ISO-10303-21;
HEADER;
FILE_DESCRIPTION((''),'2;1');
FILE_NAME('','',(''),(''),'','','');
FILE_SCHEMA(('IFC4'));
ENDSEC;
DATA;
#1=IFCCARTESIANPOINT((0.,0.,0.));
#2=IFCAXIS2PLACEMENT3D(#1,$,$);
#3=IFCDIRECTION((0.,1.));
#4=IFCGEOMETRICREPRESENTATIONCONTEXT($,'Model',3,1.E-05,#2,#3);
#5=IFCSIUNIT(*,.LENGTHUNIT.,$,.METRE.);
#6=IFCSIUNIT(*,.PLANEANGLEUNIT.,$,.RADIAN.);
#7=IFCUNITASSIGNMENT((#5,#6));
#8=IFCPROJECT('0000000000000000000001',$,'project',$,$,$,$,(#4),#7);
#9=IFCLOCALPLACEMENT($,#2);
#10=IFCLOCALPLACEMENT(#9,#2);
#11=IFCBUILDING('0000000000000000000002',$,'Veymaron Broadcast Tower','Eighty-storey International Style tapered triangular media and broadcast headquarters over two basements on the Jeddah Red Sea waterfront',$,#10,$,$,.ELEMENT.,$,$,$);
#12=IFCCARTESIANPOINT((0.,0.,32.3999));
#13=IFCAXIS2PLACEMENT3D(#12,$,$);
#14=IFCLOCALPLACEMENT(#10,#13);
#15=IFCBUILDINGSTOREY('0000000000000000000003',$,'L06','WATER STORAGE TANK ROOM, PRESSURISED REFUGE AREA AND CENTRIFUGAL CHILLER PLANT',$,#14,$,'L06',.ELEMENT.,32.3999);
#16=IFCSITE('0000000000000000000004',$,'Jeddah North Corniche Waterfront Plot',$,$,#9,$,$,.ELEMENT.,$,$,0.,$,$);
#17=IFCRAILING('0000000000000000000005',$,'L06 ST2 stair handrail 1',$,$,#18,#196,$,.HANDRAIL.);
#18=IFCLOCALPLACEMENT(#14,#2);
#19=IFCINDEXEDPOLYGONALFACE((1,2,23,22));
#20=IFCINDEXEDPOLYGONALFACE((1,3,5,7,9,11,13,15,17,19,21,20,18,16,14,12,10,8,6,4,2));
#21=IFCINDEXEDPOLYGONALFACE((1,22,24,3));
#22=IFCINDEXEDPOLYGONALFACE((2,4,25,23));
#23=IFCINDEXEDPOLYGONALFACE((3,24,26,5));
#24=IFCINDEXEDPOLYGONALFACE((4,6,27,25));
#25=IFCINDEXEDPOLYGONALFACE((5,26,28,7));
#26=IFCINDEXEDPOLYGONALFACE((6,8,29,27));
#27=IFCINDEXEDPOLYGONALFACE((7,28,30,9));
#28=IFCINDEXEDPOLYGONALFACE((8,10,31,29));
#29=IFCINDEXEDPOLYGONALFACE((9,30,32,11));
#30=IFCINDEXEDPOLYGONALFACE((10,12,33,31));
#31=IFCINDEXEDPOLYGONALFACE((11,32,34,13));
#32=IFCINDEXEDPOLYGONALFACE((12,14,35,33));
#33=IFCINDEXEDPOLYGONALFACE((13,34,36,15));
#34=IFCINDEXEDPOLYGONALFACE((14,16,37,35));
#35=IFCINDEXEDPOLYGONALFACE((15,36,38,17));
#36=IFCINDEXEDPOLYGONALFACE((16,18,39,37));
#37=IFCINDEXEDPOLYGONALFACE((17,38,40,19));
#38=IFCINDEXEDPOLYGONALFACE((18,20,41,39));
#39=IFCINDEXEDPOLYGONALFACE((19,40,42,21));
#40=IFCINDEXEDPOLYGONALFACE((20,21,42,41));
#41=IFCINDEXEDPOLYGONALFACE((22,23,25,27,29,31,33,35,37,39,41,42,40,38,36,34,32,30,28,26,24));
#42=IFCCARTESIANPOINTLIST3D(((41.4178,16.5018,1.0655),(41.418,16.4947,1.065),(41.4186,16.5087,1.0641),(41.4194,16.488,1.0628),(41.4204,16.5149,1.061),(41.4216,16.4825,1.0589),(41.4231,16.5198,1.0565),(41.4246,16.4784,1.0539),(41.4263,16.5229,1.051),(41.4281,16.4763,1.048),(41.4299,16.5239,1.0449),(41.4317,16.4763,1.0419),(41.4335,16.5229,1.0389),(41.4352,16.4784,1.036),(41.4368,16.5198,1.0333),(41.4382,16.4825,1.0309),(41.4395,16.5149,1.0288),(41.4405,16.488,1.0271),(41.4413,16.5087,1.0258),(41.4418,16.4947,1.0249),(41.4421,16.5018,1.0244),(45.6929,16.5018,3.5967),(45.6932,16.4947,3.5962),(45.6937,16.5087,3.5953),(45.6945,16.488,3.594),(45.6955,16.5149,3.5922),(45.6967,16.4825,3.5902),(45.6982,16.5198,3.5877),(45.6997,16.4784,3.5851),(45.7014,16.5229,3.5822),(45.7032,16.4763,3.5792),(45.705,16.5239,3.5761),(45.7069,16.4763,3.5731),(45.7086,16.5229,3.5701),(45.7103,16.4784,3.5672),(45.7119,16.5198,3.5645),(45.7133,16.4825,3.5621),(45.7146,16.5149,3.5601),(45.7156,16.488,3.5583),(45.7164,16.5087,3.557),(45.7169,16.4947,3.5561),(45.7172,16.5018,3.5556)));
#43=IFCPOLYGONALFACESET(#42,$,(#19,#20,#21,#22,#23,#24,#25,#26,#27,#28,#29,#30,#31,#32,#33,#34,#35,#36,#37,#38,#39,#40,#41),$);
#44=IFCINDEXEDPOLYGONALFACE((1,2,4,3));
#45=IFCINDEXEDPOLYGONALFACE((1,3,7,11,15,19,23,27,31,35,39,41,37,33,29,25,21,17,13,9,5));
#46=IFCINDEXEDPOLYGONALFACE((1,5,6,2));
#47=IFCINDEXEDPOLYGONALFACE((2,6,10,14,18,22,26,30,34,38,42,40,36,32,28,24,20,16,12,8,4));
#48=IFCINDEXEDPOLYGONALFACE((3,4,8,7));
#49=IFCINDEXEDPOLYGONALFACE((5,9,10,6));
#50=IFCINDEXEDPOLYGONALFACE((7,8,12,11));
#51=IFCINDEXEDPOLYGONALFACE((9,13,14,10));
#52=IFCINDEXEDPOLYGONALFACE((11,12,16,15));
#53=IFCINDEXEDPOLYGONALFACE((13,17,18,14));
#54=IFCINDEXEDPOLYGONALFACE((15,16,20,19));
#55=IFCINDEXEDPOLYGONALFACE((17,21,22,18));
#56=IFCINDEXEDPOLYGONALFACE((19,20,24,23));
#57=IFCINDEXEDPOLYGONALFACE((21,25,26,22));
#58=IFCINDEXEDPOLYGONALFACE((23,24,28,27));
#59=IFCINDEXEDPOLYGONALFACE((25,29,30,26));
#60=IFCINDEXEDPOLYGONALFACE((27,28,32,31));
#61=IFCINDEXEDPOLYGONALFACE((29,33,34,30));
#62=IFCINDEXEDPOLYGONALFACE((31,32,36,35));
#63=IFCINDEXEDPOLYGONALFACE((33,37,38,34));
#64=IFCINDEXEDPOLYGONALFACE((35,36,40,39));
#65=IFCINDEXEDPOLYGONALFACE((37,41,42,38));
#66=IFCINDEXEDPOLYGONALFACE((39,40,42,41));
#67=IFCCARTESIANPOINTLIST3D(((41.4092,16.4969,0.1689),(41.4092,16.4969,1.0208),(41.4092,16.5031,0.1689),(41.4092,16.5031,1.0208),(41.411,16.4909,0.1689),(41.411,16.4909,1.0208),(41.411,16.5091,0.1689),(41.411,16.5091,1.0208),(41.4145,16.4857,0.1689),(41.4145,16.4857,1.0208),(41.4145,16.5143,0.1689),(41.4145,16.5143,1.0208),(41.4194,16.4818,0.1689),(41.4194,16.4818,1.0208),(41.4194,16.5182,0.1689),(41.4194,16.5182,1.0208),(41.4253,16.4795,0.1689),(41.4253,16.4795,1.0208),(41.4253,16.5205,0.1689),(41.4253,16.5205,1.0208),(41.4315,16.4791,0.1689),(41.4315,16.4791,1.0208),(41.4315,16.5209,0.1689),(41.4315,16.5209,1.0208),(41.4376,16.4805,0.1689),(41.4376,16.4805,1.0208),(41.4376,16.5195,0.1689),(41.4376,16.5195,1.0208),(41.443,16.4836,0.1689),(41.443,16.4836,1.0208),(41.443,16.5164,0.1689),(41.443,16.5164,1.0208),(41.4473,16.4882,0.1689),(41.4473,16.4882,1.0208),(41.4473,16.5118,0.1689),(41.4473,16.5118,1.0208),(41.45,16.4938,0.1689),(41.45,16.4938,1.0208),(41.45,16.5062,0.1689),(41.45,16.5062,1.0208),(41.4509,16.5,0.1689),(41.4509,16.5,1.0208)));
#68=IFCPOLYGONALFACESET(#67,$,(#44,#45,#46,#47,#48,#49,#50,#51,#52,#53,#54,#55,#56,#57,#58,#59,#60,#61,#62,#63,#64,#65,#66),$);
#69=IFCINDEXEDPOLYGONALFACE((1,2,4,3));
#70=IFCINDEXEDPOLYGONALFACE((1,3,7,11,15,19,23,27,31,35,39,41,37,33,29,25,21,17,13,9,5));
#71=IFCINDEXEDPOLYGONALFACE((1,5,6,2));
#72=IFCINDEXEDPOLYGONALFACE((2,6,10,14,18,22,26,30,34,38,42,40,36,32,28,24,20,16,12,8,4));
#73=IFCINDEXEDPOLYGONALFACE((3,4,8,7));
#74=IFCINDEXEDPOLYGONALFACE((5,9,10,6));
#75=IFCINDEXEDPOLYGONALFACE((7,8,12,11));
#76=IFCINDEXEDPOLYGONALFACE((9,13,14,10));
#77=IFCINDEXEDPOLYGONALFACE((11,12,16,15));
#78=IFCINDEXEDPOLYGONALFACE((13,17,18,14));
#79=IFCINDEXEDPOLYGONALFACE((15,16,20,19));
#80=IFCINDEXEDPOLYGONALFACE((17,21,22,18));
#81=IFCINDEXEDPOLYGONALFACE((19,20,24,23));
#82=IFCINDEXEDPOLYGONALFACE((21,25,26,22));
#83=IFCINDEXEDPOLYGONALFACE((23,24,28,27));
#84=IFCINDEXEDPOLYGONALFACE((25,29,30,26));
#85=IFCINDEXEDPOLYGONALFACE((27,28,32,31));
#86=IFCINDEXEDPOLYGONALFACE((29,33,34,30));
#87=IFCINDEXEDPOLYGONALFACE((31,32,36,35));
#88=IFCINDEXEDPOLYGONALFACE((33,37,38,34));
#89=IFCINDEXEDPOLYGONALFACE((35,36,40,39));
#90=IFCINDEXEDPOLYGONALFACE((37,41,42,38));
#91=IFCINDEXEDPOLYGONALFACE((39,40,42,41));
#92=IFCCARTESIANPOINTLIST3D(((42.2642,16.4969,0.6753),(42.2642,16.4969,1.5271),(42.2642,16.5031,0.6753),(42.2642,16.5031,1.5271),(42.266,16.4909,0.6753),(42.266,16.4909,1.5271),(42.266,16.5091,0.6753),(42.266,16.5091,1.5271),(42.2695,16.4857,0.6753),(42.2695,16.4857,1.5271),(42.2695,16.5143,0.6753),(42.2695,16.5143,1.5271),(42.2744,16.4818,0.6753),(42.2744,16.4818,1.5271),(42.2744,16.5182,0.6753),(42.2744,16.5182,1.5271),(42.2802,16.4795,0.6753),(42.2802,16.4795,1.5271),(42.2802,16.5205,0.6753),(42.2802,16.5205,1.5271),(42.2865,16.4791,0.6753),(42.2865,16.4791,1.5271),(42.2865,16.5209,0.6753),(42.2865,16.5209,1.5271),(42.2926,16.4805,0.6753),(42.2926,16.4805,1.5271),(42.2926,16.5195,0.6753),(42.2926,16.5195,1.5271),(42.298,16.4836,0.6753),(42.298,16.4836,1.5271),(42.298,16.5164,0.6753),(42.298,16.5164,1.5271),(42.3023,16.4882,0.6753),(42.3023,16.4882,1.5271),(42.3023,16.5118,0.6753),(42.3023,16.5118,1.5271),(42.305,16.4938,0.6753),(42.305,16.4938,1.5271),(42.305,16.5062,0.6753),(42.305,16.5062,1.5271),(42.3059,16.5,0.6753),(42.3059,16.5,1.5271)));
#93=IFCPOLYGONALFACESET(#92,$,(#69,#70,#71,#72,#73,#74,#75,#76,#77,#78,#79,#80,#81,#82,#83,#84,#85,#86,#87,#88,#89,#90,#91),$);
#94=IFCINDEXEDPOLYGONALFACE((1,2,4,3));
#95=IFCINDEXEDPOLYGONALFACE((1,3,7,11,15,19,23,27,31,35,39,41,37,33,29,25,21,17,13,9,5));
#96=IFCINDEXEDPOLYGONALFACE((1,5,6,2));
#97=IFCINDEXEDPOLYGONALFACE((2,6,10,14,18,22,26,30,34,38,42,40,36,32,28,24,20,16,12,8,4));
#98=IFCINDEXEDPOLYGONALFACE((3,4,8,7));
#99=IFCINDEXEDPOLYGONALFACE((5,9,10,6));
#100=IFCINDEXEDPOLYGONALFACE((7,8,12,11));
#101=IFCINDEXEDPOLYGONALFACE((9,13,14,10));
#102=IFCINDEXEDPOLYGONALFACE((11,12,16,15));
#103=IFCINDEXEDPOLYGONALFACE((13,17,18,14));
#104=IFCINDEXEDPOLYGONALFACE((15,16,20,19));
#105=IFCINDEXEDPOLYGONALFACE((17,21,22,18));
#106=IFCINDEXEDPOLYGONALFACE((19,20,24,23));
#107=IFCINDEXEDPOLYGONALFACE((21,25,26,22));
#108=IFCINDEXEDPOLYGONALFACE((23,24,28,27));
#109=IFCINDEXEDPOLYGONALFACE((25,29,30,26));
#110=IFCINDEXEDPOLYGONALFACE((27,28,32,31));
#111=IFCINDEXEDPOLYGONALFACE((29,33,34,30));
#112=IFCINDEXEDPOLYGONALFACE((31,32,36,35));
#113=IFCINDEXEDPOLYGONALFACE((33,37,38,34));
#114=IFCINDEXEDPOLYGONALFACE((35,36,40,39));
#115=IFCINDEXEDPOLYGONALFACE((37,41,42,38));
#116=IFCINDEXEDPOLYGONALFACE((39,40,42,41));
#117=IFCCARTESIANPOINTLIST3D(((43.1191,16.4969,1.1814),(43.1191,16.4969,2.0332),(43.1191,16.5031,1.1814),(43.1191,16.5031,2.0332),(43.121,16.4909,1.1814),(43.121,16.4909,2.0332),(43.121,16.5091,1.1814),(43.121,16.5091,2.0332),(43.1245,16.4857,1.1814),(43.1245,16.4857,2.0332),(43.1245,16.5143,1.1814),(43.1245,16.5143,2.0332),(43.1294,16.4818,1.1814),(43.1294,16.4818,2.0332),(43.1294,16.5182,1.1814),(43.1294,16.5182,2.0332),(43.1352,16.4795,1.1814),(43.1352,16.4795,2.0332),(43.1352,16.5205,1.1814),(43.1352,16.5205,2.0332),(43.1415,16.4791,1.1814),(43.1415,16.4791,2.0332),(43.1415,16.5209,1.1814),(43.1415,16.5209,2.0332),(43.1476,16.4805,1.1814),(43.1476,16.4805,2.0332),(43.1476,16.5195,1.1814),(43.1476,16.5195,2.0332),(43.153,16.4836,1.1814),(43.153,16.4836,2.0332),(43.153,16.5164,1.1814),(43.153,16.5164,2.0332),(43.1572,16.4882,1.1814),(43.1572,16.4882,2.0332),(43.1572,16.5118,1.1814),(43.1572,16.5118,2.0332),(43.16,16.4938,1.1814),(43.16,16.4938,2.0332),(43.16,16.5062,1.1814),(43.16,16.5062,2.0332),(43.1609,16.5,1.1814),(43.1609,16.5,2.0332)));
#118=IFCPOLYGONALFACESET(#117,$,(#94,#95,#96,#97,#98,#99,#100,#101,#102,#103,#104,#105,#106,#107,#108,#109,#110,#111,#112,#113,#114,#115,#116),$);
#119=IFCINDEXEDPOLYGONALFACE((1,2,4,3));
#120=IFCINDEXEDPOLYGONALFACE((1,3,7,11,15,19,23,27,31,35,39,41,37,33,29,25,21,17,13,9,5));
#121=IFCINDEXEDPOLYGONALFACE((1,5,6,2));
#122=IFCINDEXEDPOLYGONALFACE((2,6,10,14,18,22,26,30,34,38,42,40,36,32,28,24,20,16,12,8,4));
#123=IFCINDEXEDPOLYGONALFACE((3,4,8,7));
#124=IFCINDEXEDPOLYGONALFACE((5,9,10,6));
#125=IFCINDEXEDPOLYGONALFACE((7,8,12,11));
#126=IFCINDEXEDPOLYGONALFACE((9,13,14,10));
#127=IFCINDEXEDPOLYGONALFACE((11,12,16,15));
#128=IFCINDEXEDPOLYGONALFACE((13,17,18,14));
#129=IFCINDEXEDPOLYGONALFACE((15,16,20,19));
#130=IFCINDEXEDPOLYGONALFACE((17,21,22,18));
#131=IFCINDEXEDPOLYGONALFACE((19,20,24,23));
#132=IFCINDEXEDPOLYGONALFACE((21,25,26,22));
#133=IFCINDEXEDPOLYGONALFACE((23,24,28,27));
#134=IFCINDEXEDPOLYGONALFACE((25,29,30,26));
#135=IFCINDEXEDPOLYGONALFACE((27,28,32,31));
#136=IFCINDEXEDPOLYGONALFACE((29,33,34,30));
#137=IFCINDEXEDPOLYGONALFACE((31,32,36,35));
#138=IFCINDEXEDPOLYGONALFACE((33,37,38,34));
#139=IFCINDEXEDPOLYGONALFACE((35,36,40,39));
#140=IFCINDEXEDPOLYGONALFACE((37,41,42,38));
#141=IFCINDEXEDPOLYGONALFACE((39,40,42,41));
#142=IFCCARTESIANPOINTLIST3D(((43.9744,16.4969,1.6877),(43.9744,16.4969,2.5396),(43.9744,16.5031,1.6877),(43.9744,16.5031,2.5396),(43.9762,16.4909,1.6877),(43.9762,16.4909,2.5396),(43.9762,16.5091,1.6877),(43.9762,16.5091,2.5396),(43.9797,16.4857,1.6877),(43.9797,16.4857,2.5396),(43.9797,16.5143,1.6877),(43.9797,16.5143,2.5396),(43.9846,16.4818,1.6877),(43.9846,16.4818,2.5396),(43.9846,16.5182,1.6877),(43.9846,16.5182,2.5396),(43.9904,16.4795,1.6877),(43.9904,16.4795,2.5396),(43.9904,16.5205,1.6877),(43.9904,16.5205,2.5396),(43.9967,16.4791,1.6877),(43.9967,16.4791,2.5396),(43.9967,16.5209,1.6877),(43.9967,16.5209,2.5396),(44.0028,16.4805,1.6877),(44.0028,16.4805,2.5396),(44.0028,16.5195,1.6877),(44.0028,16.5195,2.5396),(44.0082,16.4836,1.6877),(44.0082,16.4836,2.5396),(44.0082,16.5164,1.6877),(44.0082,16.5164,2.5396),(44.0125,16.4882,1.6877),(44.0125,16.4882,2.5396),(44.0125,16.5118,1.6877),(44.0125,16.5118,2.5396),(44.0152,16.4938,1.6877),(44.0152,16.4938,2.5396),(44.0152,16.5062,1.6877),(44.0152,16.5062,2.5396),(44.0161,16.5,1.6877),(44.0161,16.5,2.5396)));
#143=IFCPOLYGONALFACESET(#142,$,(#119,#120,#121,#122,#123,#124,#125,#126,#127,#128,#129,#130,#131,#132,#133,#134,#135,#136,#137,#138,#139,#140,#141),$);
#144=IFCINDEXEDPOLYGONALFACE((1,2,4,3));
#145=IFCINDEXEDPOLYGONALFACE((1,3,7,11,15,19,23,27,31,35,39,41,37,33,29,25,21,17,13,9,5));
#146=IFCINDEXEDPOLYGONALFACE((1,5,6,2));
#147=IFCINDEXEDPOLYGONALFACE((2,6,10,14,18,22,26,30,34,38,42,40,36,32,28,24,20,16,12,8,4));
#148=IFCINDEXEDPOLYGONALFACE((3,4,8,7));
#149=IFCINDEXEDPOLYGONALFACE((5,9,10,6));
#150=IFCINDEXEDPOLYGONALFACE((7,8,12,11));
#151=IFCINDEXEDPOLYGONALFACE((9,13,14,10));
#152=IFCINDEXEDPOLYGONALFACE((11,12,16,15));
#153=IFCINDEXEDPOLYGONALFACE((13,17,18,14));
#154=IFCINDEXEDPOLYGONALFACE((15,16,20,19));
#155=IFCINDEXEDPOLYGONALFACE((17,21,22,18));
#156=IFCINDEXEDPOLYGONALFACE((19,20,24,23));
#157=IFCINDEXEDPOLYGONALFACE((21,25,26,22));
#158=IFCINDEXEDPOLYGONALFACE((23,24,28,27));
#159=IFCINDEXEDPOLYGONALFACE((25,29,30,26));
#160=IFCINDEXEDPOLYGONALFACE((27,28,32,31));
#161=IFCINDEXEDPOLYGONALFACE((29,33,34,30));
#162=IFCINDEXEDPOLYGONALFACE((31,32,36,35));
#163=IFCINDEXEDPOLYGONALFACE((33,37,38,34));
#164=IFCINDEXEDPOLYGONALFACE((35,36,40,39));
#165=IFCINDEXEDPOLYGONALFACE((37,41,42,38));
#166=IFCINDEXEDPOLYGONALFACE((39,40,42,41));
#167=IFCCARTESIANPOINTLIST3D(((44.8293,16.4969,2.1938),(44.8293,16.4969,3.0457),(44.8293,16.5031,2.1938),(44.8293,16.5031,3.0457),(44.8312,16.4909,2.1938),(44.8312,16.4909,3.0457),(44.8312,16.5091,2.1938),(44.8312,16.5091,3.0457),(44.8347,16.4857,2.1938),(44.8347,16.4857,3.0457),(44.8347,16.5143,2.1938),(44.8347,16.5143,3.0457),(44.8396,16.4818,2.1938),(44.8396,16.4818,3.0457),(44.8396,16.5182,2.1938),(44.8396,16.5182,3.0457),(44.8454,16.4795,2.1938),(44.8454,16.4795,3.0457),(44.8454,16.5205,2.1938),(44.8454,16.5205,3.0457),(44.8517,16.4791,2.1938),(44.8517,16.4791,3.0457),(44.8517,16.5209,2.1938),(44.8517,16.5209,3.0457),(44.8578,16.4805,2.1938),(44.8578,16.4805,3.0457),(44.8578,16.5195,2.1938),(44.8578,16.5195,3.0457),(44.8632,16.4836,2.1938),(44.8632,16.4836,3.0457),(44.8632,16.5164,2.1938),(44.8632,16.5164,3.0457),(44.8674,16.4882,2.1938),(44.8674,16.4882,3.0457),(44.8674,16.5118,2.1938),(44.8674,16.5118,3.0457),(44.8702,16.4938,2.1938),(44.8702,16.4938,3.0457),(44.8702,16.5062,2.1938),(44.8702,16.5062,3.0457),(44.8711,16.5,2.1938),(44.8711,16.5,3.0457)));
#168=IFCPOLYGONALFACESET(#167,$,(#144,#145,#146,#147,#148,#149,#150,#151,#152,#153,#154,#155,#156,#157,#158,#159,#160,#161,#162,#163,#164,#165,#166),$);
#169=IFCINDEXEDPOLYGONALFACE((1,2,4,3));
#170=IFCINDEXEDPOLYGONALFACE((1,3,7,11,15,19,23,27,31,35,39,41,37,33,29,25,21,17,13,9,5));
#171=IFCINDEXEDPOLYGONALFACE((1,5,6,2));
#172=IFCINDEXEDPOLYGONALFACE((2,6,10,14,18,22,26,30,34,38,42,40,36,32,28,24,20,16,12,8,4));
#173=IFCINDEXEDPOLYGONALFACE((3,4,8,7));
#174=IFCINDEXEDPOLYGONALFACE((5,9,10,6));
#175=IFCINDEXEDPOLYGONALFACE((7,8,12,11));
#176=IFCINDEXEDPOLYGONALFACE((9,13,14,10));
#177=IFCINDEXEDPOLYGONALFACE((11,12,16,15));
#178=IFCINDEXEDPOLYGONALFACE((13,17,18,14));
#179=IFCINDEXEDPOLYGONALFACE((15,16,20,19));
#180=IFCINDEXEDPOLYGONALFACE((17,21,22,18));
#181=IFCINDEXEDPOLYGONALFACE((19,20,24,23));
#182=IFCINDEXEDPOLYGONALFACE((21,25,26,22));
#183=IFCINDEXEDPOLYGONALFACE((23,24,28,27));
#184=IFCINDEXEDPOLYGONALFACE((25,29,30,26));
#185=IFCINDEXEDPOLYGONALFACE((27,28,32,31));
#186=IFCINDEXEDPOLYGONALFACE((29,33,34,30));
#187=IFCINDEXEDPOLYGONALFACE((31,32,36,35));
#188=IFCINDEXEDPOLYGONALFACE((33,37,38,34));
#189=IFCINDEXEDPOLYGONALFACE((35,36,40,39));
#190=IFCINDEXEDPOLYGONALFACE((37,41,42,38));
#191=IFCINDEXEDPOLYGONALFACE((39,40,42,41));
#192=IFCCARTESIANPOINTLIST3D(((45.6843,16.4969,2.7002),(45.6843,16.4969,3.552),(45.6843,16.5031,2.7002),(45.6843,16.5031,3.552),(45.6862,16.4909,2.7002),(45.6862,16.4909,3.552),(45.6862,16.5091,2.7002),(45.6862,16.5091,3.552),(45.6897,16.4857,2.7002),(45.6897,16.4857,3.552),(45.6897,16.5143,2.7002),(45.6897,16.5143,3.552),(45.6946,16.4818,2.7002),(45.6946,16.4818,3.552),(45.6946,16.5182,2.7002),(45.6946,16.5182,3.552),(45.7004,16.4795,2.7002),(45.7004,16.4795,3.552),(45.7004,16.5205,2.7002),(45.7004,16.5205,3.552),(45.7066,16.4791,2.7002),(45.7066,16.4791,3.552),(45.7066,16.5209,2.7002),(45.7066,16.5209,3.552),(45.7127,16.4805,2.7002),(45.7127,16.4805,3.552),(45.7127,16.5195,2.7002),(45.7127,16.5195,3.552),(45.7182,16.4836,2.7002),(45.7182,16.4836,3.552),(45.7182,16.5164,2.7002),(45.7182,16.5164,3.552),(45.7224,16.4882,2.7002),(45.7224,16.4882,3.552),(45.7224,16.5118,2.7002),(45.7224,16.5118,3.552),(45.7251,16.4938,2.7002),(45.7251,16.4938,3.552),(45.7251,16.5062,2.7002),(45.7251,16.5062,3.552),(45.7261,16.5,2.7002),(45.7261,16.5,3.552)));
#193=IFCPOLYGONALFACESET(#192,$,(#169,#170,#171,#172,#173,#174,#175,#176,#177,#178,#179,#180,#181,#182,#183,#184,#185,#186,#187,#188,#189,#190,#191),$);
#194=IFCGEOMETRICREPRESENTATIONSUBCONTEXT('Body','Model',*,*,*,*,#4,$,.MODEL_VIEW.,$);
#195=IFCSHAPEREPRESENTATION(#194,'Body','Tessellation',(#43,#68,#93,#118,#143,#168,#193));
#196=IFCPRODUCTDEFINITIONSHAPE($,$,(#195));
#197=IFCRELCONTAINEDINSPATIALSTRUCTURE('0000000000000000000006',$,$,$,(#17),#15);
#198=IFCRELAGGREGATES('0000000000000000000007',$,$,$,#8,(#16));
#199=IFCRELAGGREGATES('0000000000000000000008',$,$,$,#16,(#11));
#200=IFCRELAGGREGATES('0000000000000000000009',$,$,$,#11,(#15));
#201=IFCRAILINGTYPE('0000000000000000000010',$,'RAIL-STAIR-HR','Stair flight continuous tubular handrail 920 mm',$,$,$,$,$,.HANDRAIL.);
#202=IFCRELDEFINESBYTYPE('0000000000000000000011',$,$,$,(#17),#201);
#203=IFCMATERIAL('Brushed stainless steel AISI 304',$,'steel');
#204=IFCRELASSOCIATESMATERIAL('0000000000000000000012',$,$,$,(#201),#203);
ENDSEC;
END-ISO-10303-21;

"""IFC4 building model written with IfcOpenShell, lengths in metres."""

from ifc_helpers import new_model, si_unit, direction, frame, origin, origin_2d, place, context, subcontext, project, spatial, circle, extrude, material, type_object, element, save


model = new_model("IFC4")

# Units and contexts
model_context = context("Model", 3, precision=1e-05, world=origin(), true_north=direction((0.0, 1.0)))
body_context = subcontext(model_context, "Body", "Model", "MODEL_VIEW")
ifc_project = project(units=[si_unit("LENGTHUNIT", "METRE"), si_unit("PLANEANGLEUNIT", "RADIAN")], contexts=[model_context])

# Site, building, storey
site_placement = place(None, origin())
site = spatial("IfcSite", under=ifc_project, at=site_placement, Name="Jeddah North Corniche Waterfront Plot", CompositionType="ELEMENT", RefElevation=0.0)
building_placement = place(site_placement, origin())
building = spatial("IfcBuilding", under=site, at=building_placement, Name="Veymaron Broadcast Tower", Description="Eighty-storey International Style tapered triangular media and broadcast headquarters over two basements on the Jeddah Red Sea waterfront", CompositionType="ELEMENT")
storey_placement = place(building_placement, frame((0.0, 0.0, 32.3999)))
storey = spatial("IfcBuildingStorey", under=building, at=storey_placement, Name="L06", Description="WATER STORAGE TANK ROOM, PRESSURISED REFUGE AREA AND CENTRIFUGAL CHILLER PLANT", LongName="L06", CompositionType="ELEMENT", Elevation=32.3999)

# Shared definitions
ifc_material_1 = material(Name="Brushed stainless steel AISI 304", Category="steel")

# Railing
railing_type_1 = type_object("IfcRailingType", Name="RAIL-STAIR-HR", Description="Stair flight continuous tubular handrail 920 mm", PredefinedType="HANDRAIL", material=ifc_material_1)
railing_1_placement = place(storey_placement, frame((41.4299, 16.5, 0.1689)))
element("IfcRailing", 1, at=railing_1_placement, inside=storey, type_object=railing_type_1, Name="L06 ST2 stair handrail 1", PredefinedType="HANDRAIL", context=body_context, shape_type="SweptSolid", body=[
    extrude(circle(Radius=0.0239, at=origin_2d()), frame((0.0, 0.0, 0.876), z_axis=(0.860483, 0.0, 0.509479), x_axis=(0.0, 1.0, 0.0)), (0.0, 0.0, 1.0), 4.9683),
    extrude(circle(Radius=0.021, at=origin_2d()), origin(), (0.0, 0.0, 1.0), 0.8518),
    extrude(circle(Radius=0.021, at=origin_2d()), frame((0.855, 0.0, 0.5063)), (0.0, 0.0, 1.0), 0.8518),
    extrude(circle(Radius=0.021, at=origin_2d()), frame((1.71, 0.0, 1.0125)), (0.0, 0.0, 1.0), 0.8518),
    extrude(circle(Radius=0.021, at=origin_2d()), frame((2.5652, 0.0, 1.5188)), (0.0, 0.0, 1.0), 0.8518),
    extrude(circle(Radius=0.021, at=origin_2d()), frame((3.4202, 0.0, 2.0249)), (0.0, 0.0, 1.0), 0.8518),
    extrude(circle(Radius=0.021, at=origin_2d()), frame((4.2751, 0.0, 2.5312)), (0.0, 0.0, 1.0), 0.8518),
])

save(model, "model.ifc")
